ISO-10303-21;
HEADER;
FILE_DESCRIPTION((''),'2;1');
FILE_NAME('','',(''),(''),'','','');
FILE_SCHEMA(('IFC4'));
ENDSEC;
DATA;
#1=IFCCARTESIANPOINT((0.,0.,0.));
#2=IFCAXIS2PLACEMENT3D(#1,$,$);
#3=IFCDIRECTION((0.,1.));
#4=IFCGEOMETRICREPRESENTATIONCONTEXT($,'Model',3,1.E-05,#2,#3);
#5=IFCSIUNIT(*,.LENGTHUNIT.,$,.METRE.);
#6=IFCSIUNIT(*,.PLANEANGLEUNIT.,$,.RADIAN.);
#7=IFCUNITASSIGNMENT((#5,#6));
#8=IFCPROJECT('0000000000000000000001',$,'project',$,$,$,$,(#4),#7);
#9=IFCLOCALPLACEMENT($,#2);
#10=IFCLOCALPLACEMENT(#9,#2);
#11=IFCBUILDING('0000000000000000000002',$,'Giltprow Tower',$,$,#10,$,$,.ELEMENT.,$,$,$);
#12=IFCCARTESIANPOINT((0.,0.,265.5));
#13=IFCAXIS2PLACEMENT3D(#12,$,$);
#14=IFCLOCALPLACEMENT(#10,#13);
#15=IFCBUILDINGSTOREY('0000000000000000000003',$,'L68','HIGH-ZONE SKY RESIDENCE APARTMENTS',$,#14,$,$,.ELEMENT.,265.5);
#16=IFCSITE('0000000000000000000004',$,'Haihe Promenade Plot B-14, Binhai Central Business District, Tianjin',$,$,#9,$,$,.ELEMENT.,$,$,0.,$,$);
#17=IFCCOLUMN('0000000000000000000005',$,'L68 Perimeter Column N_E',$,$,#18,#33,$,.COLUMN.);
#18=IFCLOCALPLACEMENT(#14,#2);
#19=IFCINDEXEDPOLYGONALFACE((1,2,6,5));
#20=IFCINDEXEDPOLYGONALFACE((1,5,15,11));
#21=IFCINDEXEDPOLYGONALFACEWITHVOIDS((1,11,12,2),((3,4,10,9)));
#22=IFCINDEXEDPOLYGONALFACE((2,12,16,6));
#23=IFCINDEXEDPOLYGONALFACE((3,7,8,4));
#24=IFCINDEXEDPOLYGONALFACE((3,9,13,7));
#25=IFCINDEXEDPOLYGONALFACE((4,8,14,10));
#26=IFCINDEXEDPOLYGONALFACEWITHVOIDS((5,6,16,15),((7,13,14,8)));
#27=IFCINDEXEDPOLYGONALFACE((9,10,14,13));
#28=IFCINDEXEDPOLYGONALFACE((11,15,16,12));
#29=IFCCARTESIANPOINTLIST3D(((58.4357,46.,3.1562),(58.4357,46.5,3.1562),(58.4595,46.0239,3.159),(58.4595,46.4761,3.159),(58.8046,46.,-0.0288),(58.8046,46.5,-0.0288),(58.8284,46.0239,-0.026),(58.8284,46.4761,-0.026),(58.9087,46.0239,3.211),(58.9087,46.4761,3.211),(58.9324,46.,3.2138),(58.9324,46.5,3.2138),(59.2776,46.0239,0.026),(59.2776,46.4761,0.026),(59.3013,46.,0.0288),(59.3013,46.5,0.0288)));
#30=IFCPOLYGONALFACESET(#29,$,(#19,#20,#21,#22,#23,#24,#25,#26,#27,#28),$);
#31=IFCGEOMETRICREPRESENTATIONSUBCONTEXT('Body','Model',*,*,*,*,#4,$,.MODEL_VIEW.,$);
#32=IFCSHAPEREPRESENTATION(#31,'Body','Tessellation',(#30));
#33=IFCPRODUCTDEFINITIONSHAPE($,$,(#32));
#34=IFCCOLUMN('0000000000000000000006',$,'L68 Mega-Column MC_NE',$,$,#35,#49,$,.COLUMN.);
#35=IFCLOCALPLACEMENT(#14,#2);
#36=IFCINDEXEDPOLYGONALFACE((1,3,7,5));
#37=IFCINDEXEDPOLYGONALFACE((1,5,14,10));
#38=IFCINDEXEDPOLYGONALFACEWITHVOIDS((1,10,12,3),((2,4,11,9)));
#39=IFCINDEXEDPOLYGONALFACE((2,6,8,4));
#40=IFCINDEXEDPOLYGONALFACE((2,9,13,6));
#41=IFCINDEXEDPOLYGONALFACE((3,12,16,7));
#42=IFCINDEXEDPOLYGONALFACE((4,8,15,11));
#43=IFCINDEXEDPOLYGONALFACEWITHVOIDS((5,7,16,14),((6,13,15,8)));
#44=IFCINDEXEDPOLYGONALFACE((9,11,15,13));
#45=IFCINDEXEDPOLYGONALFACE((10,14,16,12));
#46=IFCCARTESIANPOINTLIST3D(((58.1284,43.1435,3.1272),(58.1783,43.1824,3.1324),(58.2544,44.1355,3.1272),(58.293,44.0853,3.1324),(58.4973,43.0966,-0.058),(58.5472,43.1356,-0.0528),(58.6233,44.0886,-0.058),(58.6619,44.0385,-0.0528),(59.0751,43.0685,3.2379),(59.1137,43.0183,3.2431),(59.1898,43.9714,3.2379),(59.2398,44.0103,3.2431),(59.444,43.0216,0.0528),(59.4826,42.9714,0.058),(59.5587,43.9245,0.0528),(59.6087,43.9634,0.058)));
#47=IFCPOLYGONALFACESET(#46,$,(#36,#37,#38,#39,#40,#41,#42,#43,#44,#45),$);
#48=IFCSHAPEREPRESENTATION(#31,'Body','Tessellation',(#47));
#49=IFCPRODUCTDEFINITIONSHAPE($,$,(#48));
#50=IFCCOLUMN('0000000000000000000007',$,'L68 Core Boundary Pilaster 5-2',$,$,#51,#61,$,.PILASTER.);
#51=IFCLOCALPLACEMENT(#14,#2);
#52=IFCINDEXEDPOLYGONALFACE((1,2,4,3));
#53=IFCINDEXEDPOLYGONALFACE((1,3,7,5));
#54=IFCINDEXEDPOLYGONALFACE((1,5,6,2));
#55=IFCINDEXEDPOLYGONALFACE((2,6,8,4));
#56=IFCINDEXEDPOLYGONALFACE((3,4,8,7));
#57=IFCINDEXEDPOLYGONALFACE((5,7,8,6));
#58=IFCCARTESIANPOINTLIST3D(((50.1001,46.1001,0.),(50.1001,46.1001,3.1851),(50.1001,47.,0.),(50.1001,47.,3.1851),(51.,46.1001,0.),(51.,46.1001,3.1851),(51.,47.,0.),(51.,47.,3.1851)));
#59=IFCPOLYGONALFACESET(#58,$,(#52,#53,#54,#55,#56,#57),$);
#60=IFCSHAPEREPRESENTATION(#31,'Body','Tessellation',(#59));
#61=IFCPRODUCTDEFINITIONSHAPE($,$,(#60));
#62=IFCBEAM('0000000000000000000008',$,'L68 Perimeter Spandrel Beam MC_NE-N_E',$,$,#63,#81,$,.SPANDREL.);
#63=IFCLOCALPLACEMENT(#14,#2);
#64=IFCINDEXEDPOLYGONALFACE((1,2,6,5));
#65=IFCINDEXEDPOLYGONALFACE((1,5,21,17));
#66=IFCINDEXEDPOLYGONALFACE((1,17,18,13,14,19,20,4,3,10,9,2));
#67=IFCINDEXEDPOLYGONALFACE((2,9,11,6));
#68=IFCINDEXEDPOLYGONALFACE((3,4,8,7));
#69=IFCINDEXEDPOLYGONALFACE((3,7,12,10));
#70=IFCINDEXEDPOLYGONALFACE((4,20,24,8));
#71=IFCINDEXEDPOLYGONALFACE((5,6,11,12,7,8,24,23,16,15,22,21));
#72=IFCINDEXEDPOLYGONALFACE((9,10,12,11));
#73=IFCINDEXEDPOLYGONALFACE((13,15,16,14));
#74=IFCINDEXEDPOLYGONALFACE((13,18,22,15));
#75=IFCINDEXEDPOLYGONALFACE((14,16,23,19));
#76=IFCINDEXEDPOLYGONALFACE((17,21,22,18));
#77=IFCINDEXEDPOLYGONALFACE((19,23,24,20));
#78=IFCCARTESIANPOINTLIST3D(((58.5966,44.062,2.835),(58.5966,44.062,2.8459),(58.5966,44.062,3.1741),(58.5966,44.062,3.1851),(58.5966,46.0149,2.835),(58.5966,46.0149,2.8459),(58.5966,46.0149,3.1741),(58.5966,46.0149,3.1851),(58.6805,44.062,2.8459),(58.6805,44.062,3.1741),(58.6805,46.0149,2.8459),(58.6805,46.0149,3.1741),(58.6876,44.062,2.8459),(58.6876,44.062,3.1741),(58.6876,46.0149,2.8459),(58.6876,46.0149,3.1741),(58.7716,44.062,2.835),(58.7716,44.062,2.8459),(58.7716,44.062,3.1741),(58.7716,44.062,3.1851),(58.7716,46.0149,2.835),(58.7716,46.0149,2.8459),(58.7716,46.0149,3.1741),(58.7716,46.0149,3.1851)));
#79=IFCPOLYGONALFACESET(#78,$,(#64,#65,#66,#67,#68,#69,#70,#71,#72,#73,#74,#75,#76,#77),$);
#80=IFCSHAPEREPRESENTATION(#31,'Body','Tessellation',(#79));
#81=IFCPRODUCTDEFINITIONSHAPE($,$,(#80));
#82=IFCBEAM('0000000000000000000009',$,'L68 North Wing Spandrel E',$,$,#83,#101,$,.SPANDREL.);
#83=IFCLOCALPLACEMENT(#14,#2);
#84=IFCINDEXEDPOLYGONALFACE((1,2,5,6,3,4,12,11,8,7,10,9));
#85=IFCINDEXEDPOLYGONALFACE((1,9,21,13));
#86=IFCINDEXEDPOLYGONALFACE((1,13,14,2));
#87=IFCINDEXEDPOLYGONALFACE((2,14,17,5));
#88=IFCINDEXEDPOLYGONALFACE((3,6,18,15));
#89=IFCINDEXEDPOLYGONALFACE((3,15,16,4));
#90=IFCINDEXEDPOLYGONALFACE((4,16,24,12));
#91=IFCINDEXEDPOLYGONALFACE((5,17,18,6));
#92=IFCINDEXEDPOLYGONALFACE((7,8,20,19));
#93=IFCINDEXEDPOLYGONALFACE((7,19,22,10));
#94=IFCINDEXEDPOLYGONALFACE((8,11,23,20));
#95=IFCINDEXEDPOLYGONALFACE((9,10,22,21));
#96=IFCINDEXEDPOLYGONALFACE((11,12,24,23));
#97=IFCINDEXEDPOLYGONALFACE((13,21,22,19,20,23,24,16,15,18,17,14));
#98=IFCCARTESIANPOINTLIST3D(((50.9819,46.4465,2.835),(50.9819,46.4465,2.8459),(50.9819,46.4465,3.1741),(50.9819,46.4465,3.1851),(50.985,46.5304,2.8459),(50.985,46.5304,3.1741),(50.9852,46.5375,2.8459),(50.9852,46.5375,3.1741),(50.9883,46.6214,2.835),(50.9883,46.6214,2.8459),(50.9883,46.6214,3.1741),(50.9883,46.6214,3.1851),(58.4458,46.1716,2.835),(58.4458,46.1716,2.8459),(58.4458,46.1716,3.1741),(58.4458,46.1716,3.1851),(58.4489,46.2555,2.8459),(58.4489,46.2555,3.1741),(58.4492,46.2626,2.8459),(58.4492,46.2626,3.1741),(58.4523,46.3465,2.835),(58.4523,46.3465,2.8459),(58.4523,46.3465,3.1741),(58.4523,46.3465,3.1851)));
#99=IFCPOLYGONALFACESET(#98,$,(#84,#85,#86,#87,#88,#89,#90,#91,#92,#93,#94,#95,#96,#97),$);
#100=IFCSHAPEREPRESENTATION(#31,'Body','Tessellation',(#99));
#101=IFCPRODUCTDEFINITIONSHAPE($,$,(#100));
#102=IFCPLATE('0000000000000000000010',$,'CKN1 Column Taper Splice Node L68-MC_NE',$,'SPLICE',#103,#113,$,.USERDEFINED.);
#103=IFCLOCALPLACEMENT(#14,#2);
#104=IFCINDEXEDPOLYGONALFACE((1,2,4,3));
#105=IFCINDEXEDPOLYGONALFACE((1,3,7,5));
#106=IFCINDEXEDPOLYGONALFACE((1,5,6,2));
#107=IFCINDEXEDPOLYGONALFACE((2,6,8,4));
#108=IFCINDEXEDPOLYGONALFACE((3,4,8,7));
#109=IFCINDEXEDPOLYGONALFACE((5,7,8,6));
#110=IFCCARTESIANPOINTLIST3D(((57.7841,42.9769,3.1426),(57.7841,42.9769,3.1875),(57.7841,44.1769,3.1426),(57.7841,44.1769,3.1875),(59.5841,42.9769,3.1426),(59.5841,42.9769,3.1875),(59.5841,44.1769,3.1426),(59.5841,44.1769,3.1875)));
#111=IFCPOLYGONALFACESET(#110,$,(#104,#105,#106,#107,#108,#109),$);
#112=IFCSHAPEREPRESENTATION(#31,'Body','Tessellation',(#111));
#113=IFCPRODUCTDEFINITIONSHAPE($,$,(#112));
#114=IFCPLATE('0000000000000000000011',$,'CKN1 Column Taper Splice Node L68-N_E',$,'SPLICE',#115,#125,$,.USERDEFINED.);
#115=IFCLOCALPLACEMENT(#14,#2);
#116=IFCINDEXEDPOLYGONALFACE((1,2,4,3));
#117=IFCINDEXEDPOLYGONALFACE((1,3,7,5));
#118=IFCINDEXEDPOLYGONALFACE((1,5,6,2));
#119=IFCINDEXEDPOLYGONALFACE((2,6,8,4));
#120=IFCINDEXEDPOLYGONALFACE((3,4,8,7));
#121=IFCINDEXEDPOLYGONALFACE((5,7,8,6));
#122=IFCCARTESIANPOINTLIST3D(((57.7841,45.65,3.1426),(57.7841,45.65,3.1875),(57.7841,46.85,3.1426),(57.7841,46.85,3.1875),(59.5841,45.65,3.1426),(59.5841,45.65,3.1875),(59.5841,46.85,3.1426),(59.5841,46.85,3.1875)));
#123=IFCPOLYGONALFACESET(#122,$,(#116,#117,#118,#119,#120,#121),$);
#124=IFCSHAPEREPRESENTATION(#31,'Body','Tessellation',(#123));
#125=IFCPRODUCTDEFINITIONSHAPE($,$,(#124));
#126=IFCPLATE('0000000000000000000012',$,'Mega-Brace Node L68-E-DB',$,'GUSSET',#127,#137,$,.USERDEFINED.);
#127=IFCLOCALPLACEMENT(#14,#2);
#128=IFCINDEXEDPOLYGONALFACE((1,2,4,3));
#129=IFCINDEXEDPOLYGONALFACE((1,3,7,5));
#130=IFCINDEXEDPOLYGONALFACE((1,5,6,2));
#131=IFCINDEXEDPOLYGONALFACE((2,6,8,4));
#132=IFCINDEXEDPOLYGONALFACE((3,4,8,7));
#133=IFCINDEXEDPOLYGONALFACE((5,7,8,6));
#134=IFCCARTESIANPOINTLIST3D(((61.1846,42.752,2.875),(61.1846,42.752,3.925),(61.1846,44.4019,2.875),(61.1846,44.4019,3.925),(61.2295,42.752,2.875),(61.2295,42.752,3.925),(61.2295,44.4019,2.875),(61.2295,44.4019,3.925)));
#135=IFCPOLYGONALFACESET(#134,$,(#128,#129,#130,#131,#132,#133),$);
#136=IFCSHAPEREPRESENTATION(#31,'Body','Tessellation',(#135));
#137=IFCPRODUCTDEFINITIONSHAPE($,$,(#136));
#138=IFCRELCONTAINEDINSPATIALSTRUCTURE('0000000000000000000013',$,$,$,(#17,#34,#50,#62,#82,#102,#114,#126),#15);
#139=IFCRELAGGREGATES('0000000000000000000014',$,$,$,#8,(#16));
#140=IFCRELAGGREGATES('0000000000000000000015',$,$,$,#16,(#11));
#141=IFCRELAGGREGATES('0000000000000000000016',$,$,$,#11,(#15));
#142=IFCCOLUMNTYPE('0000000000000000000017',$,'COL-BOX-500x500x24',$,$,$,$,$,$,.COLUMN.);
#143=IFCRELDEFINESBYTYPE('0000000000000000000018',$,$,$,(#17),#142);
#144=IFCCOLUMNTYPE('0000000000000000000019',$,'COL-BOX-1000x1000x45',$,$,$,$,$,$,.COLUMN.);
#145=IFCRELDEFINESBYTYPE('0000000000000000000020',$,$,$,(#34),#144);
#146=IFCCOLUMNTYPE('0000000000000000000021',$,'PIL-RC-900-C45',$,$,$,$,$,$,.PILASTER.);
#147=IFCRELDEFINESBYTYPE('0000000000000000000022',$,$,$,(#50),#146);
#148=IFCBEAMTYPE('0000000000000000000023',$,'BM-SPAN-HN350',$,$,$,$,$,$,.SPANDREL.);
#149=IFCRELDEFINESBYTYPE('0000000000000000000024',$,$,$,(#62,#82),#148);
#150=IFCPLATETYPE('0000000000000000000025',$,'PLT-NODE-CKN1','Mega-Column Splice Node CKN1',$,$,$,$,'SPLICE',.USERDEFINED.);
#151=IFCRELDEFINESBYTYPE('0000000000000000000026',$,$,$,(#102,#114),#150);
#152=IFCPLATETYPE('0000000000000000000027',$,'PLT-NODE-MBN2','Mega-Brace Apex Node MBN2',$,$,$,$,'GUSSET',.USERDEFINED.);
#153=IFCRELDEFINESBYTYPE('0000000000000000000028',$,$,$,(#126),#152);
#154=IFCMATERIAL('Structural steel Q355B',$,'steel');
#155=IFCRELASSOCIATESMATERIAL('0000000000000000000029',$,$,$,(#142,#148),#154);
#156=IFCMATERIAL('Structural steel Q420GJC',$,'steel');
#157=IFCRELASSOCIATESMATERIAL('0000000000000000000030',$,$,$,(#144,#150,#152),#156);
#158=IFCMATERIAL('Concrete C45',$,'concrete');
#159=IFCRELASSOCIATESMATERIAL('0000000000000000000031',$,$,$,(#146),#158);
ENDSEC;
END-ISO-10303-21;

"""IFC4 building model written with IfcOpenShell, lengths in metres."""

from ifc_helpers import new_model, si_unit, direction, frame, origin, origin_2d, place, context, subcontext, project, spatial, rectangle, hollow_rectangle, i_section, extrude, source, transform, mapped, material, material_profile, profile_set, type_object, element, save


model = new_model("IFC4")

# Units and contexts
model_context = context("Model", 3, precision=1e-05, world=origin(), true_north=direction((0.0, 1.0)))
body_context = subcontext(model_context, "Body", "Model", "MODEL_VIEW")
ifc_project = project(units=[si_unit("LENGTHUNIT", "METRE"), si_unit("PLANEANGLEUNIT", "RADIAN")], contexts=[model_context])

# Site, building, storey
site_placement = place(None, origin())
site = spatial("IfcSite", under=ifc_project, at=site_placement, Name="Haihe Promenade Plot B-14, Binhai Central Business District, Tianjin", CompositionType="ELEMENT", RefElevation=0.0)
building_placement = place(site_placement, origin())
building = spatial("IfcBuilding", under=site, at=building_placement, Name="Giltprow Tower", CompositionType="ELEMENT")
storey_placement = place(building_placement, frame((0.0, 0.0, 265.5)))
storey = spatial("IfcBuildingStorey", under=building, at=storey_placement, Name="L68", Description="HIGH-ZONE SKY RESIDENCE APARTMENTS", CompositionType="ELEMENT", Elevation=265.5)

# Columns
ifc_material_1 = material(Name="Structural steel Q355B", Category="steel")
ifc_material_profile_1 = material_profile(ifc_material_1, hollow_rectangle(XDim=0.5, YDim=0.5, WallThickness=0.0239, at=origin_2d()), Name="BOX 500x500x24")
ifc_profile_set_1 = profile_set([ifc_material_profile_1], Name="Structural steel Q355B")
column_type_1 = type_object("IfcColumnType", Name="COL-BOX-500x500x24", PredefinedType="COLUMN", material=ifc_profile_set_1)
shared_shape_1 = source(origin(), body_context, "Body", "SweptSolid", [
    extrude(hollow_rectangle(XDim=0.5, YDim=0.5, WallThickness=0.0239, at=origin_2d()), origin(), (0.0, 0.0, 1.0), 3.2063),
])
column_1_placement = place(storey_placement, frame((59.053, 46.25, 0.0), z_axis=(-0.115052, 0.0, 0.993359), x_axis=(0.0, -1.0, 0.0)))
element("IfcColumn", 1, at=column_1_placement, inside=storey, type_object=column_type_1, Name="L68 Perimeter Column N_E", PredefinedType="COLUMN", context=body_context, shape_type="MappedRepresentation", body=[
    mapped(shared_shape_1, transform((0.0, 0.0, 0.0), x_axis=(1.0, 0.0, 0.0), y_axis=(0.0, 1.0, 0.0), z_axis=(0.0, 0.0, 1.0), scale=1.0)),
])
ifc_material_2 = material(Name="Structural steel Q420GJC", Category="steel")
ifc_material_profile_2 = material_profile(ifc_material_2, hollow_rectangle(XDim=1.0, YDim=1.0, WallThickness=0.0449, at=origin_2d()), Name="BOX 1000x1000x45")
ifc_profile_set_2 = profile_set([ifc_material_profile_2], Name="Structural steel Q420GJC")
column_type_2 = type_object("IfcColumnType", Name="COL-BOX-1000x1000x45", PredefinedType="COLUMN", material=ifc_profile_set_2)
shared_shape_2 = source(origin(), body_context, "Body", "SweptSolid", [
    extrude(hollow_rectangle(XDim=1.0, YDim=1.0, WallThickness=0.0449, at=origin_2d()), origin(), (0.0, 0.0, 1.0), 3.2068),
])
column_2_placement = place(storey_placement, frame((59.053, 43.53, 0.0), z_axis=(-0.11504, 0.014618, 0.993253), x_axis=(-0.126055, -0.992023, 0.0)))
element("IfcColumn", 2, at=column_2_placement, inside=storey, type_object=column_type_2, Name="L68 Mega-Column MC_NE", PredefinedType="COLUMN", context=body_context, shape_type="MappedRepresentation", body=[
    mapped(shared_shape_2, transform((0.0, 0.0, 0.0), x_axis=(1.0, 0.0, 0.0), y_axis=(0.0, 1.0, 0.0), z_axis=(0.0, 0.0, 1.0), scale=1.0)),
])
ifc_material_3 = material(Name="Concrete C45", Category="concrete")
ifc_material_profile_3 = material_profile(ifc_material_3, rectangle(XDim=0.8999, YDim=0.8999, at=origin_2d()), Name="RC 900x900")
ifc_profile_set_3 = profile_set([ifc_material_profile_3], Name="Concrete C45")
column_type_3 = type_object("IfcColumnType", Name="PIL-RC-900-C45", PredefinedType="PILASTER", material=ifc_profile_set_3)
shared_shape_3 = source(origin(), body_context, "Body", "SweptSolid", [
    extrude(rectangle(XDim=0.8999, YDim=0.8999, at=origin_2d()), origin(), (0.0, 0.0, 1.0), 3.1851),
])
column_3_placement = place(storey_placement, frame((50.55, 46.55, 0.0), z_axis=(0.0, 0.0, 1.0), x_axis=(1.0, 0.0, 0.0)))
element("IfcColumn", 3, at=column_3_placement, inside=storey, type_object=column_type_3, Name="L68 Core Boundary Pilaster 5-2", PredefinedType="PILASTER", context=body_context, shape_type="MappedRepresentation", body=[
    mapped(shared_shape_3, transform((0.0, 0.0, 0.0), x_axis=(1.0, 0.0, 0.0), y_axis=(0.0, 1.0, 0.0), z_axis=(0.0, 0.0, 1.0), scale=1.0)),
])

# Beams
ifc_material_profile_4 = material_profile(ifc_material_1, i_section(OverallWidth=0.175, OverallDepth=0.3501, WebThickness=0.0071, FlangeThickness=0.011, at=origin_2d()), Name="HN 350x175x7x11")
ifc_profile_set_4 = profile_set([ifc_material_profile_4], Name="Structural steel Q355B")
beam_type = type_object("IfcBeamType", Name="BM-SPAN-HN350", PredefinedType="SPANDREL", material=ifc_profile_set_4)
shared_shape_4 = source(origin(), body_context, "Body", "SweptSolid", [
    extrude(i_section(OverallWidth=0.175, OverallDepth=0.3501, WebThickness=0.0071, FlangeThickness=0.011, at=origin_2d()), origin(), (0.0, 0.0, 1.0), 1.9529),
])
beam_1_placement = place(storey_placement, frame((58.6841, 44.062, 3.01), z_axis=(0.0, 1.0, 0.0), x_axis=(-1.0, 0.0, 0.0)))
element("IfcBeam", 4, at=beam_1_placement, inside=storey, type_object=beam_type, Name="L68 Perimeter Spandrel Beam MC_NE-N_E", PredefinedType="SPANDREL", context=body_context, shape_type="MappedRepresentation", body=[
    mapped(shared_shape_4, transform((0.0, 0.0, 0.0), x_axis=(1.0, 0.0, 0.0), y_axis=(0.0, 1.0, 0.0), z_axis=(0.0, 0.0, 1.0), scale=1.0)),
])
shared_shape_5 = source(origin(), body_context, "Body", "SweptSolid", [
    extrude(i_section(OverallWidth=0.175, OverallDepth=0.3501, WebThickness=0.0071, FlangeThickness=0.011, at=origin_2d()), origin(), (0.0, 0.0, 1.0), 7.469),
])
beam_2_placement = place(storey_placement, frame((50.9851, 46.5339, 3.01), z_axis=(0.999322, -0.036806, 0.0), x_axis=(0.036806, 0.999322, 0.0)))
element("IfcBeam", 5, at=beam_2_placement, inside=storey, type_object=beam_type, Name="L68 North Wing Spandrel E", PredefinedType="SPANDREL", context=body_context, shape_type="MappedRepresentation", body=[
    mapped(shared_shape_5, transform((0.0, 0.0, 0.0), x_axis=(1.0, 0.0, 0.0), y_axis=(0.0, 1.0, 0.0), z_axis=(0.0, 0.0, 1.0), scale=1.0)),
])

# Plates
plate_type_1 = type_object("IfcPlateType", Name="PLT-NODE-CKN1", Description="Mega-Column Splice Node CKN1", ElementType="SPLICE", PredefinedType="USERDEFINED", material=ifc_material_2)
shared_shape_6 = source(origin(), body_context, "Body", "SweptSolid", [
    extrude(rectangle(XDim=1.8, YDim=1.2, at=origin_2d()), origin(), (0.0, 0.0, 1.0), 0.0449),
])
for number, where, z_axis, x_axis, name in (
    (6, (58.6841, 43.5769, 3.1426), (0.0, 0.0, 1.0), (1.0, 0.0, 0.0), "CKN1 Column Taper Splice Node L68-MC_NE"),
    (7, (58.6841, 46.25, 3.1426), (0.0, 0.0, 1.0), (1.0, 0.0, 0.0), "CKN1 Column Taper Splice Node L68-N_E"),
):
    element("IfcPlate", number, at=place(storey_placement, frame(where, z_axis=z_axis, x_axis=x_axis)), inside=storey, type_object=plate_type_1, Name=name, ObjectType="SPLICE", PredefinedType="USERDEFINED", context=body_context, shape_type="MappedRepresentation", body=[
        mapped(shared_shape_6, transform((0.0, 0.0, 0.0), x_axis=(1.0, 0.0, 0.0), y_axis=(0.0, 1.0, 0.0), z_axis=(0.0, 0.0, 1.0), scale=1.0)),
    ])
plate_type_2 = type_object("IfcPlateType", Name="PLT-NODE-MBN2", Description="Mega-Brace Apex Node MBN2", ElementType="GUSSET", PredefinedType="USERDEFINED", material=ifc_material_2)
shared_shape_7 = source(origin(), body_context, "Body", "SweptSolid", [
    extrude(rectangle(XDim=1.6499, YDim=0.0449, at=origin_2d()), origin(), (0.0, 0.0, 1.0), 1.05),
])
plate_placement = place(storey_placement, frame((61.207, 43.5769, 2.875), z_axis=(0.0, 0.0, 1.0), x_axis=(0.0, 1.0, 0.0)))
element("IfcPlate", 8, at=plate_placement, inside=storey, type_object=plate_type_2, Name="Mega-Brace Node L68-E-DB", ObjectType="GUSSET", PredefinedType="USERDEFINED", context=body_context, shape_type="MappedRepresentation", body=[
    mapped(shared_shape_7, transform((0.0, 0.0, 0.0), x_axis=(1.0, 0.0, 0.0), y_axis=(0.0, 1.0, 0.0), z_axis=(0.0, 0.0, 1.0), scale=1.0)),
])

save(model, "model.ifc")
